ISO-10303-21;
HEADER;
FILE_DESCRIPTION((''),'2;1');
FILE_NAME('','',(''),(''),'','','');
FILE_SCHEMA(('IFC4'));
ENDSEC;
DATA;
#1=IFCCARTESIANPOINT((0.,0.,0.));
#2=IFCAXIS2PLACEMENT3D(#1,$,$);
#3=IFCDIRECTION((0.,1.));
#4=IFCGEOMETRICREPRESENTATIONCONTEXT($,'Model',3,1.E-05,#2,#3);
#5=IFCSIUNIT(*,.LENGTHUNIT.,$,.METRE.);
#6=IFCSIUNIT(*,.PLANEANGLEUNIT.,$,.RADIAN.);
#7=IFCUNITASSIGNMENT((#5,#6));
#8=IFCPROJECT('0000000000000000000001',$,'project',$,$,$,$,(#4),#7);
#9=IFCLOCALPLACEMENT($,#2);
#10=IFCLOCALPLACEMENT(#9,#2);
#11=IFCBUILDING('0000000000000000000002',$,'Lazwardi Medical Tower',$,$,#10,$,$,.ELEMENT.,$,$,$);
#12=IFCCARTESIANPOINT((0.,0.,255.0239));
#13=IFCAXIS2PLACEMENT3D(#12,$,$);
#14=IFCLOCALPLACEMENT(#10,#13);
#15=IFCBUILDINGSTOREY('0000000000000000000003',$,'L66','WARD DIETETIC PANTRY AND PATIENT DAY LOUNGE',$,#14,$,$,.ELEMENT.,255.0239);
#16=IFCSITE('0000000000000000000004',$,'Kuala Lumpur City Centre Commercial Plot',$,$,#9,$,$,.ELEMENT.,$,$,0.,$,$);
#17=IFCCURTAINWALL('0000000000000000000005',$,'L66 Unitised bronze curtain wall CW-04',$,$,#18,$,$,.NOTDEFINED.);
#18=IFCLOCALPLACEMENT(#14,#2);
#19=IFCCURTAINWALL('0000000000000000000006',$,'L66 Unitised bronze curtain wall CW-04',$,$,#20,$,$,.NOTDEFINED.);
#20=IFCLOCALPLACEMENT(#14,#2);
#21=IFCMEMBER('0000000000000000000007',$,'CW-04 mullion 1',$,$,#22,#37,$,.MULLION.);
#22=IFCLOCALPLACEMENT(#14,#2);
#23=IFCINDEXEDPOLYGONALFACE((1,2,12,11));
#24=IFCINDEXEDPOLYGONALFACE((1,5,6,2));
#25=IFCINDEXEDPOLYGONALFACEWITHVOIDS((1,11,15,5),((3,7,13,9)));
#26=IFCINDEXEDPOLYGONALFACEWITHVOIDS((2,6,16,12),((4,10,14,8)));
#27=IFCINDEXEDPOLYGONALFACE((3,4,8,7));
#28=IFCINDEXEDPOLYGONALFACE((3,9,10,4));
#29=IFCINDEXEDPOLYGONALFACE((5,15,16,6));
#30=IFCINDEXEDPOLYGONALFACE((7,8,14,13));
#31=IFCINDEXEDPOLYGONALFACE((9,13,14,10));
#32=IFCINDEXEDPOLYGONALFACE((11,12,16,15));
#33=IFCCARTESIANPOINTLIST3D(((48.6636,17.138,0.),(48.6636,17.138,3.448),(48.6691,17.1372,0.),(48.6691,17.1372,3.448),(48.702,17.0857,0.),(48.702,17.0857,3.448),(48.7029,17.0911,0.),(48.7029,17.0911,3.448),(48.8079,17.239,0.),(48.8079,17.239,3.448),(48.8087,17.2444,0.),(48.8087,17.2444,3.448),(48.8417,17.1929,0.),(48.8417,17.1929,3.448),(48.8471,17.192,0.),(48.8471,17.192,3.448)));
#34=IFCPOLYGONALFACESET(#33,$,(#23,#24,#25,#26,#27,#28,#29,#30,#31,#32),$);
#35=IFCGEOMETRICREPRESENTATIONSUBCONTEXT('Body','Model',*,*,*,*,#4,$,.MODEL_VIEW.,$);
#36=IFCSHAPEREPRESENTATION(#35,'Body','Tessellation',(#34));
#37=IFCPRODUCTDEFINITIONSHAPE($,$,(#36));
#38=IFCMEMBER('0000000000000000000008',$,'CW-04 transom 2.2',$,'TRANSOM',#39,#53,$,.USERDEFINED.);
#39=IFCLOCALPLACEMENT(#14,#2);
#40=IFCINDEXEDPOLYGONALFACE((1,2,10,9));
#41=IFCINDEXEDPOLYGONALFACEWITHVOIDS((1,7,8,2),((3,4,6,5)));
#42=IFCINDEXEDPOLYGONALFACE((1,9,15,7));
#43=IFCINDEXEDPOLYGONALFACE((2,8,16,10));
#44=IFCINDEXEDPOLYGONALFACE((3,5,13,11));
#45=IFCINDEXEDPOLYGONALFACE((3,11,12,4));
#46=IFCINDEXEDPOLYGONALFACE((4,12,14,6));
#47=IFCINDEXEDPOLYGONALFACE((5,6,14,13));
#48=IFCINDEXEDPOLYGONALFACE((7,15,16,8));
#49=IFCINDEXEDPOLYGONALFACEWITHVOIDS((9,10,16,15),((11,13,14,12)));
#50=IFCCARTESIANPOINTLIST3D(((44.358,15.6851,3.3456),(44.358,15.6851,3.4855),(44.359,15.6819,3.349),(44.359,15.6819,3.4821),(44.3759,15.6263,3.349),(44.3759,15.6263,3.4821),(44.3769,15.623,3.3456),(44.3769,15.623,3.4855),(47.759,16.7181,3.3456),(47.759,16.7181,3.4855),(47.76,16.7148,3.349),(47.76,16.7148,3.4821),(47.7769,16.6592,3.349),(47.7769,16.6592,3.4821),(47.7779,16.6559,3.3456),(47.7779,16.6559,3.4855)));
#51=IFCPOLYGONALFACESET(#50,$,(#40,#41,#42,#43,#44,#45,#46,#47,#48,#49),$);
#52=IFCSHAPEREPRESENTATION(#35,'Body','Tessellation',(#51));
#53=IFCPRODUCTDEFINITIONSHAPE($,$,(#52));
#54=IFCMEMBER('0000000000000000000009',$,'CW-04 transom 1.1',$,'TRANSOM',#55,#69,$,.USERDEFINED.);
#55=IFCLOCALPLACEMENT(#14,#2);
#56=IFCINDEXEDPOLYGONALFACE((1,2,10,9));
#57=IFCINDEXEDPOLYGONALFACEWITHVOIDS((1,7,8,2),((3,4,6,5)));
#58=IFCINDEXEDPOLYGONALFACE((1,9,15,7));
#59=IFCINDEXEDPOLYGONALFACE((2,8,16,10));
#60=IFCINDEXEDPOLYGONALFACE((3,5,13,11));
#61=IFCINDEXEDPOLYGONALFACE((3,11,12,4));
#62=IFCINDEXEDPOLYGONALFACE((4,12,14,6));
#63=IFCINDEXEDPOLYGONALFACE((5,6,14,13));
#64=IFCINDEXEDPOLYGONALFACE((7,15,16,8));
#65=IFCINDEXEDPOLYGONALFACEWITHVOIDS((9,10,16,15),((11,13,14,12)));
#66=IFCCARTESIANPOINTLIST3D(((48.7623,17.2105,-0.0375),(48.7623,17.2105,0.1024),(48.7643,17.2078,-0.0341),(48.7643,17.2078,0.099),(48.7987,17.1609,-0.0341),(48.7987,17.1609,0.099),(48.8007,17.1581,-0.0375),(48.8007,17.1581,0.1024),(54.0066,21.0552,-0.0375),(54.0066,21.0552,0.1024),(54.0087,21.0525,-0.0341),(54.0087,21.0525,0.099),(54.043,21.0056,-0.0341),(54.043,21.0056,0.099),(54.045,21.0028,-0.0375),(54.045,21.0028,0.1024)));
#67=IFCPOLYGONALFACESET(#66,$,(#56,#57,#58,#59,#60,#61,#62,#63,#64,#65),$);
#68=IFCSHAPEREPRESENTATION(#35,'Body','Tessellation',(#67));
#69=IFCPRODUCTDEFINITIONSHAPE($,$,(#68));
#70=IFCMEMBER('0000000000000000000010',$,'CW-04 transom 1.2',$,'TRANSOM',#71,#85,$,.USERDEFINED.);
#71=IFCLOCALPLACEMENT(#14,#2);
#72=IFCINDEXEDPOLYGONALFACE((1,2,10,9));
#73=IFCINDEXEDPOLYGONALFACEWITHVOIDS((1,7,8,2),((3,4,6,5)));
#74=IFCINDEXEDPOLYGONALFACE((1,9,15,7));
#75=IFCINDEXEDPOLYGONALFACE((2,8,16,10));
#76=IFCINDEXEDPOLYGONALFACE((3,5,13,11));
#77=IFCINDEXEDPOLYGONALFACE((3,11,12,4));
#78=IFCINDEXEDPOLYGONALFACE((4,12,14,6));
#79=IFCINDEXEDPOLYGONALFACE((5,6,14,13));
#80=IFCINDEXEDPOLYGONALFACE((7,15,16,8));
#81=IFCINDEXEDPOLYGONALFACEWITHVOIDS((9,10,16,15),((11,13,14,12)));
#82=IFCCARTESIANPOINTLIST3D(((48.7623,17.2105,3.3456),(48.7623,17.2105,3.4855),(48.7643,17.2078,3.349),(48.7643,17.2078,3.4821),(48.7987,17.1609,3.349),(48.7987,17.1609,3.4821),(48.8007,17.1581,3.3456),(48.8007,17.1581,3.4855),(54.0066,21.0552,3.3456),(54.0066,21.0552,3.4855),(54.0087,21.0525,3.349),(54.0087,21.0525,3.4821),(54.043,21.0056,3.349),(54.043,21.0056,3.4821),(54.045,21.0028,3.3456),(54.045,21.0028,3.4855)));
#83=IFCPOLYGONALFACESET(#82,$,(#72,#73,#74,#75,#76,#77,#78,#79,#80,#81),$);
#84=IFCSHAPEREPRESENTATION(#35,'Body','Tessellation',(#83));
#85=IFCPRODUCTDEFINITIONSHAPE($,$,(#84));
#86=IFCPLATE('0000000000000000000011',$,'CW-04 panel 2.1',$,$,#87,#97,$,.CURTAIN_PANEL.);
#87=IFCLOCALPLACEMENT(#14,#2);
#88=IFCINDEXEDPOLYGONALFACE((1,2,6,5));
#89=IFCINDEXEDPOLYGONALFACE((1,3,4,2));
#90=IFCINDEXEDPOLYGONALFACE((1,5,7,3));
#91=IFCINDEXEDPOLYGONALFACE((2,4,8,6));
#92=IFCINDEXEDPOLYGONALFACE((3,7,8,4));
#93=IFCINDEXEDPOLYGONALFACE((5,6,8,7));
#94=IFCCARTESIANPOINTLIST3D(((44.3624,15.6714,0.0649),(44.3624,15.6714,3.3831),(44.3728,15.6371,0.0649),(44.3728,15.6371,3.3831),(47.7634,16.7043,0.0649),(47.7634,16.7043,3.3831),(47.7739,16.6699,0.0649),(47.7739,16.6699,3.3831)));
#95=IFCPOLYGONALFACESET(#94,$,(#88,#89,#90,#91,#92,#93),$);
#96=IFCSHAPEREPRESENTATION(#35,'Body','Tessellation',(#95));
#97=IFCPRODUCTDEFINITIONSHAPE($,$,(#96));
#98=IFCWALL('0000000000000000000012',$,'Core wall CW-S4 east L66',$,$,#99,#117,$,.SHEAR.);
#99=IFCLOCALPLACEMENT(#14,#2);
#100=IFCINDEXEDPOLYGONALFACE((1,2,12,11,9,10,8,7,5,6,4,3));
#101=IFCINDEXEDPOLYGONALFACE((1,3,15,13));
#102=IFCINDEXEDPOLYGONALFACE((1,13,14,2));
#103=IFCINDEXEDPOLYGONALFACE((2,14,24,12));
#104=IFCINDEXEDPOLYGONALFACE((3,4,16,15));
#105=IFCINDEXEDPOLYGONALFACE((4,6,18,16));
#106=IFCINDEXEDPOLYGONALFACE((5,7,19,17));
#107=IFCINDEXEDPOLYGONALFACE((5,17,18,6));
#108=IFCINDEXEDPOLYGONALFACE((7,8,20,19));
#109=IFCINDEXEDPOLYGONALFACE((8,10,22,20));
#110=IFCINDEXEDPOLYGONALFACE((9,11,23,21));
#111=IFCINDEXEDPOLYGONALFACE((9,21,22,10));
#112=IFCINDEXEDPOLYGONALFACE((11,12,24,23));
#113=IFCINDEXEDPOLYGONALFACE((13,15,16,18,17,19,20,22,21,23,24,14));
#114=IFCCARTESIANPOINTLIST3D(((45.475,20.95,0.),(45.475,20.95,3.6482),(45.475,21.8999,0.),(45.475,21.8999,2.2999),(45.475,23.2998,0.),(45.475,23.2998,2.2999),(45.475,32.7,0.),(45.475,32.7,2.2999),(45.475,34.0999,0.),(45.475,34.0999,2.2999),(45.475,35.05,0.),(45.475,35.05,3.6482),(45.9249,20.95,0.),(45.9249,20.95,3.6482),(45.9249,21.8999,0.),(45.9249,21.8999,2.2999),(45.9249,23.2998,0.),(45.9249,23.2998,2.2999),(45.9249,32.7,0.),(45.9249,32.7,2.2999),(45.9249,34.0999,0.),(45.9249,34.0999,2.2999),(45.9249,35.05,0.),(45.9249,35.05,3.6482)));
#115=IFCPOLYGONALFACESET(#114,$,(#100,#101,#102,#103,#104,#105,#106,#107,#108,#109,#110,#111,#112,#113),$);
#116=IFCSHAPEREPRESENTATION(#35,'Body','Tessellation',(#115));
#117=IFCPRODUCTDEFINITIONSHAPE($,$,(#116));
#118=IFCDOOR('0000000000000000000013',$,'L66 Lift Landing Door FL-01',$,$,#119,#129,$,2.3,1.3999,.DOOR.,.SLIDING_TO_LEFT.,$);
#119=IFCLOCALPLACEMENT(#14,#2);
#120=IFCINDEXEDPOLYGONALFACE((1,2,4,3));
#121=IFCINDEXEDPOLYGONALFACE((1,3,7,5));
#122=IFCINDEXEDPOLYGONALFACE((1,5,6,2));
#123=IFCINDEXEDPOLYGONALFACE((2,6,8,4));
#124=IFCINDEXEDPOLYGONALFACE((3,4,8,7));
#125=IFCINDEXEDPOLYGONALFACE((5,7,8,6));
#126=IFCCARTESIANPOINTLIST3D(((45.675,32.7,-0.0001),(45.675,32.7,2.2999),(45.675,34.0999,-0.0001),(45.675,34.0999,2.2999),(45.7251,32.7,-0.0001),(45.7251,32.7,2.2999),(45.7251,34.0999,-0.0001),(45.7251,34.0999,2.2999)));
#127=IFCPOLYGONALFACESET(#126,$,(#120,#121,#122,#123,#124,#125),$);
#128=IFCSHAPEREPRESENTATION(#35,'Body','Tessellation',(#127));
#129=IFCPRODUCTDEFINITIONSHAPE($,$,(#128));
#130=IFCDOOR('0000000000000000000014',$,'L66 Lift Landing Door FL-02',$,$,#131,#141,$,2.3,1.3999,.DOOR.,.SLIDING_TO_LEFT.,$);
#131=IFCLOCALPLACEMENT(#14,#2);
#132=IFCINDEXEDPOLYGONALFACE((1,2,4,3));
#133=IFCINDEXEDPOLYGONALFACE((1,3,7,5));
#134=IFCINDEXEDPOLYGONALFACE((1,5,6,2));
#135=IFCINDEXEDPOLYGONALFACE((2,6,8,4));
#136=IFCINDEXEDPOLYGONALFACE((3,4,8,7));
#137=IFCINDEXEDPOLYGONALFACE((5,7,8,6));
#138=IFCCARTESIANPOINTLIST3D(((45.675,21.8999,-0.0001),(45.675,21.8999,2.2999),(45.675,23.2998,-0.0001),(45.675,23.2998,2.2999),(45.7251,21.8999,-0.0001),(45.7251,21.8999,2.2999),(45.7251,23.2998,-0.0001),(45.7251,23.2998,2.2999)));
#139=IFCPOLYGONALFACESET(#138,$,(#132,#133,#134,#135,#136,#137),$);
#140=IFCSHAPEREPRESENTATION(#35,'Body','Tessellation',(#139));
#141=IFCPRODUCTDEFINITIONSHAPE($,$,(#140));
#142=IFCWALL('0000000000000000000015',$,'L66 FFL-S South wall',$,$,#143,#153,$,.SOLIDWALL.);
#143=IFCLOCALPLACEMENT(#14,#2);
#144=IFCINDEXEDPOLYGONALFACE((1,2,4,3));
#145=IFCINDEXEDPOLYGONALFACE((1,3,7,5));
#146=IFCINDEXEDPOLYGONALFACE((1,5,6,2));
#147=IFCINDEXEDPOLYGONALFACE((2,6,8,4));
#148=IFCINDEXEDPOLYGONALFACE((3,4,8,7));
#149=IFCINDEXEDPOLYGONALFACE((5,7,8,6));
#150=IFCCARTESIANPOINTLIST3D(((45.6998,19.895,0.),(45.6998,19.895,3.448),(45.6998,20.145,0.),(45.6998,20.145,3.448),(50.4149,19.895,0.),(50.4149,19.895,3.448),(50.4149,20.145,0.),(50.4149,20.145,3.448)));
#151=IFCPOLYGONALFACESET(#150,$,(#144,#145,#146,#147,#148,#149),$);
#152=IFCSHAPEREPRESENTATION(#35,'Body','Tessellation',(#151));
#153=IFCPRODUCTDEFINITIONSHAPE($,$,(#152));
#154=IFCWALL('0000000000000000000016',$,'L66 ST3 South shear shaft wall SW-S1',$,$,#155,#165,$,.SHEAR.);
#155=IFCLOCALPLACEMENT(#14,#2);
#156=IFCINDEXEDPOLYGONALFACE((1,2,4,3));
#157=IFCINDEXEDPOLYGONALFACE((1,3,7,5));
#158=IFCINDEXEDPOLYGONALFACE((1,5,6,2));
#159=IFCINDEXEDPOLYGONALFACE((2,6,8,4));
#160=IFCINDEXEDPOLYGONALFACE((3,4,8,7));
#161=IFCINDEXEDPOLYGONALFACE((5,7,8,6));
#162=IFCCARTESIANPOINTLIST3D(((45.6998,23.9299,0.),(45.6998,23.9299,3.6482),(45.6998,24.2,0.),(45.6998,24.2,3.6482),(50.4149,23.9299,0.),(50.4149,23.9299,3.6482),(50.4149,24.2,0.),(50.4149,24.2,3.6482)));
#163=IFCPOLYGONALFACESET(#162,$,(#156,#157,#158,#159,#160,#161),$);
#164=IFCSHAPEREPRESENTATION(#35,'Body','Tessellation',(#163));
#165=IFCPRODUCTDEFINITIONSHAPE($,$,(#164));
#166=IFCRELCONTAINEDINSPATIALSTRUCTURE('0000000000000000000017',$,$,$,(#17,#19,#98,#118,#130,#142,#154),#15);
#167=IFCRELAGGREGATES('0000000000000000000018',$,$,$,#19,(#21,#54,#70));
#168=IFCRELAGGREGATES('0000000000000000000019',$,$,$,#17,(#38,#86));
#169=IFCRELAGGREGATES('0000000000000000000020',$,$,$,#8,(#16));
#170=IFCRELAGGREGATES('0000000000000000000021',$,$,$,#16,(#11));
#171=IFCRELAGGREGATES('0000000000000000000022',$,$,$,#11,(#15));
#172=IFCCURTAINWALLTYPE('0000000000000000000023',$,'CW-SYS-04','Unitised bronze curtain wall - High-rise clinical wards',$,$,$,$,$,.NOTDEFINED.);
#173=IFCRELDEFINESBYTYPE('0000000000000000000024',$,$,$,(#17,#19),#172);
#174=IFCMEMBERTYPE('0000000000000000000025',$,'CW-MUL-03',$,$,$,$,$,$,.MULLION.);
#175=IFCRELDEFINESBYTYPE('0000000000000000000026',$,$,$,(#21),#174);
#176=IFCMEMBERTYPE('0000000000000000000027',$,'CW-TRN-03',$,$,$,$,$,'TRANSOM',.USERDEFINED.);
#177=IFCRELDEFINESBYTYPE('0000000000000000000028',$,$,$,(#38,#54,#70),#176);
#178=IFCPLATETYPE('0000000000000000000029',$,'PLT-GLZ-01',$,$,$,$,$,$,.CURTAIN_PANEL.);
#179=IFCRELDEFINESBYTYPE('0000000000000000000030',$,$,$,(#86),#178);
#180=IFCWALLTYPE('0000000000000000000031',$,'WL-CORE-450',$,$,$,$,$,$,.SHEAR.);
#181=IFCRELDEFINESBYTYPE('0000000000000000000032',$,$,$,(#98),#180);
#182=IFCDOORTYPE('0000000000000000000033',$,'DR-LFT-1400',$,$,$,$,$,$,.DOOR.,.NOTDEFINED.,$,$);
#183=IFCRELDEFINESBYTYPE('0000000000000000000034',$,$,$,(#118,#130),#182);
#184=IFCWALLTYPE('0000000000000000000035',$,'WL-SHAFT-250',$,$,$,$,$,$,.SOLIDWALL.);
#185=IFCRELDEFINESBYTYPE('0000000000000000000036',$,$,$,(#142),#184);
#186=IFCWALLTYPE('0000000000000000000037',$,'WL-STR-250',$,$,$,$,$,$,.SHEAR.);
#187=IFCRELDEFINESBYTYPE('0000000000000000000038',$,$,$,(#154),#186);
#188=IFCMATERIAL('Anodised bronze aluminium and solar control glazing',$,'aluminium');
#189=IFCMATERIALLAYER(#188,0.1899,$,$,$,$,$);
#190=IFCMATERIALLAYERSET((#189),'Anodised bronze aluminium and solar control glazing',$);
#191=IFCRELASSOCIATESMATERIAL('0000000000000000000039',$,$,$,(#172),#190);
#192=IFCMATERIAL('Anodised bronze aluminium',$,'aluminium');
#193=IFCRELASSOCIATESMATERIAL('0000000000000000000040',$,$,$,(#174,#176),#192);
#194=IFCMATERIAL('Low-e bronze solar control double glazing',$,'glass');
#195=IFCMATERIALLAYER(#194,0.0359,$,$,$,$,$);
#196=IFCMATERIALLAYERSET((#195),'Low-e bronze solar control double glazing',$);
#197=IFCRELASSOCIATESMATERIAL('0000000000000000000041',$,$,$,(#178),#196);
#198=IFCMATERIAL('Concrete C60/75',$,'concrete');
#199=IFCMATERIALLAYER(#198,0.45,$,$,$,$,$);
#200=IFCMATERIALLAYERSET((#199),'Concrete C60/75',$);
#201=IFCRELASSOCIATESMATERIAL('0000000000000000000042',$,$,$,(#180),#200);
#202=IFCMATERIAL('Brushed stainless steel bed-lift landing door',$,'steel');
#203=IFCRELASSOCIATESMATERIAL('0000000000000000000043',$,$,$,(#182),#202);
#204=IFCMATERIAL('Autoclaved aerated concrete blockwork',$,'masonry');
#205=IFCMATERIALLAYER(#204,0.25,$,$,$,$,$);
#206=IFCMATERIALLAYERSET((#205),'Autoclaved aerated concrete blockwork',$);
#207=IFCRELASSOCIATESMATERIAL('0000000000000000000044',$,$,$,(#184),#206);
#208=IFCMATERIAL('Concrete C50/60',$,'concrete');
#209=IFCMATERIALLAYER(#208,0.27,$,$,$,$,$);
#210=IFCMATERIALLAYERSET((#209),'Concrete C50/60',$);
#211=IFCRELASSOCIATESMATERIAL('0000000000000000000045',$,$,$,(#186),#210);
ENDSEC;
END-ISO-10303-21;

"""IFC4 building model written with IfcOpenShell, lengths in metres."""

from ifc_helpers import new_model, si_unit, direction, frame, frame_2d, origin, origin_2d, place, context, subcontext, project, spatial, rectangle, hollow_rectangle, extrude, material, layer, layer_set, material_profile, profile_set, type_object, element, fill, aggregate, save


model = new_model("IFC4")

# Units and contexts
model_context = context("Model", 3, precision=1e-05, world=origin(), true_north=direction((0.0, 1.0)))
body_context = subcontext(model_context, "Body", "Model", "MODEL_VIEW")
ifc_project = project(units=[si_unit("LENGTHUNIT", "METRE"), si_unit("PLANEANGLEUNIT", "RADIAN")], contexts=[model_context])

# Site, building, storey
site_placement = place(None, origin())
site = spatial("IfcSite", under=ifc_project, at=site_placement, Name="Kuala Lumpur City Centre Commercial Plot", CompositionType="ELEMENT", RefElevation=0.0)
building_placement = place(site_placement, origin())
building = spatial("IfcBuilding", under=site, at=building_placement, Name="Lazwardi Medical Tower", CompositionType="ELEMENT")
storey_placement = place(building_placement, frame((0.0, 0.0, 255.0239)))
storey = spatial("IfcBuildingStorey", under=building, at=storey_placement, Name="L66", Description="WARD DIETETIC PANTRY AND PATIENT DAY LOUNGE", CompositionType="ELEMENT", Elevation=255.0239)

# Shared definitions
ifc_material_1 = material(Name="Concrete C60/75", Category="concrete")

# Curtain walls, member
ifc_material_2 = material(Name="Anodised bronze aluminium and solar control glazing", Category="aluminium")
ifc_layer_1 = layer(ifc_material_2, 0.1899)
ifc_layer_set_1 = layer_set([ifc_layer_1], Name="Anodised bronze aluminium and solar control glazing")
curtain_wall_type = type_object("IfcCurtainWallType", Name="CW-SYS-04", Description="Unitised bronze curtain wall - High-rise clinical wards", PredefinedType="NOTDEFINED", material=ifc_layer_set_1)
curtain_wall_1_placement = place(storey_placement, origin())
curtain_wall_1 = element("IfcCurtainWall", 1, at=curtain_wall_1_placement, inside=storey, type_object=curtain_wall_type, Name="L66 Unitised bronze curtain wall CW-04", PredefinedType="NOTDEFINED")
ifc_material_3 = material(Name="Anodised bronze aluminium", Category="aluminium")
ifc_material_profile_1 = material_profile(ifc_material_3, hollow_rectangle(XDim=0.0649, YDim=0.1799, WallThickness=0.0039, at=origin_2d()), Name="ALU-MULLION 180x65x4")
ifc_profile_set_1 = profile_set([ifc_material_profile_1], Name="Anodised bronze aluminium")
member_type_1 = type_object("IfcMemberType", Name="CW-MUL-03", PredefinedType="MULLION", material=ifc_profile_set_1)
curtain_wall_2_placement = place(storey_placement, origin())
curtain_wall_2 = element("IfcCurtainWall", 2, at=curtain_wall_2_placement, inside=storey, type_object=curtain_wall_type, Name="L66 Unitised bronze curtain wall CW-04", PredefinedType="NOTDEFINED")
member_1_placement = place(storey_placement, frame((48.7554, 17.165, 0.0), z_axis=(0.0, 0.0, 1.0), x_axis=(-0.591268, 0.806475, 0.0)))
member_1 = element("IfcMember", 3, at=member_1_placement, type_object=member_type_1, Name="CW-04 mullion 1", PredefinedType="MULLION", context=body_context, shape_type="SweptSolid", body=[
    extrude(hollow_rectangle(XDim=0.0649, YDim=0.1799, WallThickness=0.0039, at=origin_2d()), origin(), (0.0, 0.0, 1.0), 3.448),
])

# Members
ifc_material_profile_2 = material_profile(ifc_material_3, hollow_rectangle(XDim=0.0649, YDim=0.1399, WallThickness=0.0034, at=origin_2d()), Name="ALU-TRANSOM 140x65x3.5")
ifc_profile_set_2 = profile_set([ifc_material_profile_2], Name="Anodised bronze aluminium")
member_type_2 = type_object("IfcMemberType", Name="CW-TRN-03", ElementType="TRANSOM", PredefinedType="USERDEFINED", material=ifc_profile_set_2)
member_2_placement = place(storey_placement, frame((44.3674, 15.6541, 3.4155), z_axis=(0.956843, 0.290604, 0.0), x_axis=(-0.290604, 0.956843, 0.0)))
member_2 = element("IfcMember", 4, at=member_2_placement, type_object=member_type_2, Name="CW-04 transom 2.2", ObjectType="TRANSOM", PredefinedType="USERDEFINED", context=body_context, shape_type="SweptSolid", body=[
    extrude(hollow_rectangle(XDim=0.0649, YDim=0.1399, WallThickness=0.0034, at=origin_2d()), origin(), (0.0, 0.0, 1.0), 3.5544),
])
member_3_placement = place(storey_placement, frame((48.7815, 17.1843, 0.0325), z_axis=(0.80649, 0.591248, 0.0), x_axis=(-0.591248, 0.80649, 0.0)))
member_3 = element("IfcMember", 5, at=member_3_placement, type_object=member_type_2, Name="CW-04 transom 1.1", ObjectType="TRANSOM", PredefinedType="USERDEFINED", context=body_context, shape_type="SweptSolid", body=[
    extrude(hollow_rectangle(XDim=0.0649, YDim=0.1399, WallThickness=0.0034, at=origin_2d()), origin(), (0.0, 0.0, 1.0), 6.5027),
])
member_4_placement = place(storey_placement, frame((48.7815, 17.1843, 3.4155), z_axis=(0.80649, 0.591248, 0.0), x_axis=(-0.591248, 0.80649, 0.0)))
member_4 = element("IfcMember", 6, at=member_4_placement, type_object=member_type_2, Name="CW-04 transom 1.2", ObjectType="TRANSOM", PredefinedType="USERDEFINED", context=body_context, shape_type="SweptSolid", body=[
    extrude(hollow_rectangle(XDim=0.0649, YDim=0.1399, WallThickness=0.0034, at=origin_2d()), origin(), (0.0, 0.0, 1.0), 6.5027),
])
aggregate(curtain_wall_2, [member_1, member_3, member_4])

# Plate
ifc_material_4 = material(Name="Low-e bronze solar control double glazing", Category="glass")
ifc_layer_2 = layer(ifc_material_4, 0.0359)
ifc_layer_set_2 = layer_set([ifc_layer_2], Name="Low-e bronze solar control double glazing")
plate_type = type_object("IfcPlateType", Name="PLT-GLZ-01", PredefinedType="CURTAIN_PANEL", material=ifc_layer_set_2)
plate_placement = place(storey_placement, frame((46.0681, 16.1707, 0.0649), z_axis=(0.0, 0.0, 1.0), x_axis=(0.95685, 0.290582, 0.0)))
plate = element("IfcPlate", 7, at=plate_placement, type_object=plate_type, Name="CW-04 panel 2.1", PredefinedType="CURTAIN_PANEL", context=body_context, shape_type="SweptSolid", body=[
    extrude(rectangle(XDim=3.5544, YDim=0.0359, at=origin_2d()), origin(), (0.0, 0.0, 1.0), 3.3181),
])
aggregate(curtain_wall_1, [member_2, plate])

# Wall, openings, doors
ifc_layer_3 = layer(ifc_material_1, 0.45)
ifc_layer_set_3 = layer_set([ifc_layer_3], Name="Concrete C60/75")
wall_type_1 = type_object("IfcWallType", Name="WL-CORE-450", PredefinedType="SHEAR", material=ifc_layer_set_3)
wall_1_placement = place(storey_placement, frame((45.7, 20.95, 0.0), z_axis=(0.0, 0.0, 1.0), x_axis=(0.0, 1.0, 0.0)))
wall_1 = element("IfcWall", 8, at=wall_1_placement, inside=storey, type_object=wall_type_1, Name="Core wall CW-S4 east L66", PredefinedType="SHEAR", context=body_context, shape_type="SweptSolid", body=[
    extrude(rectangle(XDim=14.1001, YDim=0.45, at=frame_2d((7.05, 0.0))), origin(), (0.0, 0.0, 1.0), 3.6482),
])
opening_1_placement = place(wall_1_placement, frame((11.75, 0.0, 0.0)))
opening_1 = element("IfcOpeningElement", 9, at=opening_1_placement, cuts=wall_1, PredefinedType="OPENING", context=body_context, shape_type="SweptSolid", body=[
    extrude(rectangle(XDim=1.3999, YDim=2.3, at=frame_2d((0.7, 1.1499))), frame((0.0, 0.2349, 0.0), z_axis=(0.0, -1.0, 0.0), x_axis=(1.0, 0.0, 0.0)), (0.0, 0.0, 1.0), 0.47),
])
opening_2_placement = place(wall_1_placement, frame((0.95, 0.0, 0.0)))
opening_2 = element("IfcOpeningElement", 10, at=opening_2_placement, cuts=wall_1, PredefinedType="OPENING", context=body_context, shape_type="SweptSolid", body=[
    extrude(rectangle(XDim=1.3999, YDim=2.3, at=frame_2d((0.7, 1.1499))), frame((0.0, 0.2349, 0.0), z_axis=(0.0, -1.0, 0.0), x_axis=(1.0, 0.0, 0.0)), (0.0, 0.0, 1.0), 0.47),
])
ifc_material_5 = material(Name="Brushed stainless steel bed-lift landing door", Category="steel")
door_type = type_object("IfcDoorType", Name="DR-LFT-1400", OperationType="NOTDEFINED", PredefinedType="DOOR", material=ifc_material_5)
door_1_placement = place(opening_1_placement, origin())
door_1 = element("IfcDoor", 11, at=door_1_placement, inside=storey, type_object=door_type, Name="L66 Lift Landing Door FL-01", OperationType="SLIDING_TO_LEFT", OverallHeight=2.3, OverallWidth=1.3999, PredefinedType="DOOR", context=body_context, shape_type="SweptSolid", body=[
    extrude(rectangle(XDim=1.3999, YDim=2.3, at=frame_2d((0.7, 1.1499))), frame((0.0, 0.0249, 0.0), z_axis=(0.0, -1.0, 0.0), x_axis=(1.0, 0.0, 0.0)), (0.0, 0.0, 1.0), 0.05),
])
fill(opening_1, door_1)
door_2_placement = place(opening_2_placement, origin())
door_2 = element("IfcDoor", 12, at=door_2_placement, inside=storey, type_object=door_type, Name="L66 Lift Landing Door FL-02", OperationType="SLIDING_TO_LEFT", OverallHeight=2.3, OverallWidth=1.3999, PredefinedType="DOOR", context=body_context, shape_type="SweptSolid", body=[
    extrude(rectangle(XDim=1.3999, YDim=2.3, at=frame_2d((0.7, 1.1499))), frame((0.0, 0.0249, 0.0), z_axis=(0.0, -1.0, 0.0), x_axis=(1.0, 0.0, 0.0)), (0.0, 0.0, 1.0), 0.05),
])
fill(opening_2, door_2)

# Walls
ifc_material_6 = material(Name="Autoclaved aerated concrete blockwork", Category="masonry")
ifc_layer_4 = layer(ifc_material_6, 0.25)
ifc_layer_set_4 = layer_set([ifc_layer_4], Name="Autoclaved aerated concrete blockwork")
wall_type_2 = type_object("IfcWallType", Name="WL-SHAFT-250", PredefinedType="SOLIDWALL", material=ifc_layer_set_4)
wall_2_placement = place(storey_placement, frame((45.7, 20.02, 0.0), z_axis=(0.0, 0.0, 1.0), x_axis=(1.0, 0.0, 0.0)))
element("IfcWall", 13, at=wall_2_placement, inside=storey, type_object=wall_type_2, Name="L66 FFL-S South wall", PredefinedType="SOLIDWALL", context=body_context, shape_type="SweptSolid", body=[
    extrude(rectangle(XDim=4.7151, YDim=0.25, at=frame_2d((2.3574, 0.0))), origin(), (0.0, 0.0, 1.0), 3.448),
])
ifc_material_7 = material(Name="Concrete C50/60", Category="concrete")
ifc_layer_5 = layer(ifc_material_7, 0.27)
ifc_layer_set_5 = layer_set([ifc_layer_5], Name="Concrete C50/60")
wall_type_3 = type_object("IfcWallType", Name="WL-STR-250", PredefinedType="SHEAR", material=ifc_layer_set_5)
wall_3_placement = place(storey_placement, frame((45.7, 24.0649, 0.0), z_axis=(0.0, 0.0, 1.0), x_axis=(1.0, 0.0, 0.0)))
element("IfcWall", 14, at=wall_3_placement, inside=storey, type_object=wall_type_3, Name="L66 ST3 South shear shaft wall SW-S1", PredefinedType="SHEAR", context=body_context, shape_type="SweptSolid", body=[
    extrude(rectangle(XDim=4.7151, YDim=0.27, at=frame_2d((2.3574, 0.0))), origin(), (0.0, 0.0, 1.0), 3.6482),
])

save(model, "model.ifc")
